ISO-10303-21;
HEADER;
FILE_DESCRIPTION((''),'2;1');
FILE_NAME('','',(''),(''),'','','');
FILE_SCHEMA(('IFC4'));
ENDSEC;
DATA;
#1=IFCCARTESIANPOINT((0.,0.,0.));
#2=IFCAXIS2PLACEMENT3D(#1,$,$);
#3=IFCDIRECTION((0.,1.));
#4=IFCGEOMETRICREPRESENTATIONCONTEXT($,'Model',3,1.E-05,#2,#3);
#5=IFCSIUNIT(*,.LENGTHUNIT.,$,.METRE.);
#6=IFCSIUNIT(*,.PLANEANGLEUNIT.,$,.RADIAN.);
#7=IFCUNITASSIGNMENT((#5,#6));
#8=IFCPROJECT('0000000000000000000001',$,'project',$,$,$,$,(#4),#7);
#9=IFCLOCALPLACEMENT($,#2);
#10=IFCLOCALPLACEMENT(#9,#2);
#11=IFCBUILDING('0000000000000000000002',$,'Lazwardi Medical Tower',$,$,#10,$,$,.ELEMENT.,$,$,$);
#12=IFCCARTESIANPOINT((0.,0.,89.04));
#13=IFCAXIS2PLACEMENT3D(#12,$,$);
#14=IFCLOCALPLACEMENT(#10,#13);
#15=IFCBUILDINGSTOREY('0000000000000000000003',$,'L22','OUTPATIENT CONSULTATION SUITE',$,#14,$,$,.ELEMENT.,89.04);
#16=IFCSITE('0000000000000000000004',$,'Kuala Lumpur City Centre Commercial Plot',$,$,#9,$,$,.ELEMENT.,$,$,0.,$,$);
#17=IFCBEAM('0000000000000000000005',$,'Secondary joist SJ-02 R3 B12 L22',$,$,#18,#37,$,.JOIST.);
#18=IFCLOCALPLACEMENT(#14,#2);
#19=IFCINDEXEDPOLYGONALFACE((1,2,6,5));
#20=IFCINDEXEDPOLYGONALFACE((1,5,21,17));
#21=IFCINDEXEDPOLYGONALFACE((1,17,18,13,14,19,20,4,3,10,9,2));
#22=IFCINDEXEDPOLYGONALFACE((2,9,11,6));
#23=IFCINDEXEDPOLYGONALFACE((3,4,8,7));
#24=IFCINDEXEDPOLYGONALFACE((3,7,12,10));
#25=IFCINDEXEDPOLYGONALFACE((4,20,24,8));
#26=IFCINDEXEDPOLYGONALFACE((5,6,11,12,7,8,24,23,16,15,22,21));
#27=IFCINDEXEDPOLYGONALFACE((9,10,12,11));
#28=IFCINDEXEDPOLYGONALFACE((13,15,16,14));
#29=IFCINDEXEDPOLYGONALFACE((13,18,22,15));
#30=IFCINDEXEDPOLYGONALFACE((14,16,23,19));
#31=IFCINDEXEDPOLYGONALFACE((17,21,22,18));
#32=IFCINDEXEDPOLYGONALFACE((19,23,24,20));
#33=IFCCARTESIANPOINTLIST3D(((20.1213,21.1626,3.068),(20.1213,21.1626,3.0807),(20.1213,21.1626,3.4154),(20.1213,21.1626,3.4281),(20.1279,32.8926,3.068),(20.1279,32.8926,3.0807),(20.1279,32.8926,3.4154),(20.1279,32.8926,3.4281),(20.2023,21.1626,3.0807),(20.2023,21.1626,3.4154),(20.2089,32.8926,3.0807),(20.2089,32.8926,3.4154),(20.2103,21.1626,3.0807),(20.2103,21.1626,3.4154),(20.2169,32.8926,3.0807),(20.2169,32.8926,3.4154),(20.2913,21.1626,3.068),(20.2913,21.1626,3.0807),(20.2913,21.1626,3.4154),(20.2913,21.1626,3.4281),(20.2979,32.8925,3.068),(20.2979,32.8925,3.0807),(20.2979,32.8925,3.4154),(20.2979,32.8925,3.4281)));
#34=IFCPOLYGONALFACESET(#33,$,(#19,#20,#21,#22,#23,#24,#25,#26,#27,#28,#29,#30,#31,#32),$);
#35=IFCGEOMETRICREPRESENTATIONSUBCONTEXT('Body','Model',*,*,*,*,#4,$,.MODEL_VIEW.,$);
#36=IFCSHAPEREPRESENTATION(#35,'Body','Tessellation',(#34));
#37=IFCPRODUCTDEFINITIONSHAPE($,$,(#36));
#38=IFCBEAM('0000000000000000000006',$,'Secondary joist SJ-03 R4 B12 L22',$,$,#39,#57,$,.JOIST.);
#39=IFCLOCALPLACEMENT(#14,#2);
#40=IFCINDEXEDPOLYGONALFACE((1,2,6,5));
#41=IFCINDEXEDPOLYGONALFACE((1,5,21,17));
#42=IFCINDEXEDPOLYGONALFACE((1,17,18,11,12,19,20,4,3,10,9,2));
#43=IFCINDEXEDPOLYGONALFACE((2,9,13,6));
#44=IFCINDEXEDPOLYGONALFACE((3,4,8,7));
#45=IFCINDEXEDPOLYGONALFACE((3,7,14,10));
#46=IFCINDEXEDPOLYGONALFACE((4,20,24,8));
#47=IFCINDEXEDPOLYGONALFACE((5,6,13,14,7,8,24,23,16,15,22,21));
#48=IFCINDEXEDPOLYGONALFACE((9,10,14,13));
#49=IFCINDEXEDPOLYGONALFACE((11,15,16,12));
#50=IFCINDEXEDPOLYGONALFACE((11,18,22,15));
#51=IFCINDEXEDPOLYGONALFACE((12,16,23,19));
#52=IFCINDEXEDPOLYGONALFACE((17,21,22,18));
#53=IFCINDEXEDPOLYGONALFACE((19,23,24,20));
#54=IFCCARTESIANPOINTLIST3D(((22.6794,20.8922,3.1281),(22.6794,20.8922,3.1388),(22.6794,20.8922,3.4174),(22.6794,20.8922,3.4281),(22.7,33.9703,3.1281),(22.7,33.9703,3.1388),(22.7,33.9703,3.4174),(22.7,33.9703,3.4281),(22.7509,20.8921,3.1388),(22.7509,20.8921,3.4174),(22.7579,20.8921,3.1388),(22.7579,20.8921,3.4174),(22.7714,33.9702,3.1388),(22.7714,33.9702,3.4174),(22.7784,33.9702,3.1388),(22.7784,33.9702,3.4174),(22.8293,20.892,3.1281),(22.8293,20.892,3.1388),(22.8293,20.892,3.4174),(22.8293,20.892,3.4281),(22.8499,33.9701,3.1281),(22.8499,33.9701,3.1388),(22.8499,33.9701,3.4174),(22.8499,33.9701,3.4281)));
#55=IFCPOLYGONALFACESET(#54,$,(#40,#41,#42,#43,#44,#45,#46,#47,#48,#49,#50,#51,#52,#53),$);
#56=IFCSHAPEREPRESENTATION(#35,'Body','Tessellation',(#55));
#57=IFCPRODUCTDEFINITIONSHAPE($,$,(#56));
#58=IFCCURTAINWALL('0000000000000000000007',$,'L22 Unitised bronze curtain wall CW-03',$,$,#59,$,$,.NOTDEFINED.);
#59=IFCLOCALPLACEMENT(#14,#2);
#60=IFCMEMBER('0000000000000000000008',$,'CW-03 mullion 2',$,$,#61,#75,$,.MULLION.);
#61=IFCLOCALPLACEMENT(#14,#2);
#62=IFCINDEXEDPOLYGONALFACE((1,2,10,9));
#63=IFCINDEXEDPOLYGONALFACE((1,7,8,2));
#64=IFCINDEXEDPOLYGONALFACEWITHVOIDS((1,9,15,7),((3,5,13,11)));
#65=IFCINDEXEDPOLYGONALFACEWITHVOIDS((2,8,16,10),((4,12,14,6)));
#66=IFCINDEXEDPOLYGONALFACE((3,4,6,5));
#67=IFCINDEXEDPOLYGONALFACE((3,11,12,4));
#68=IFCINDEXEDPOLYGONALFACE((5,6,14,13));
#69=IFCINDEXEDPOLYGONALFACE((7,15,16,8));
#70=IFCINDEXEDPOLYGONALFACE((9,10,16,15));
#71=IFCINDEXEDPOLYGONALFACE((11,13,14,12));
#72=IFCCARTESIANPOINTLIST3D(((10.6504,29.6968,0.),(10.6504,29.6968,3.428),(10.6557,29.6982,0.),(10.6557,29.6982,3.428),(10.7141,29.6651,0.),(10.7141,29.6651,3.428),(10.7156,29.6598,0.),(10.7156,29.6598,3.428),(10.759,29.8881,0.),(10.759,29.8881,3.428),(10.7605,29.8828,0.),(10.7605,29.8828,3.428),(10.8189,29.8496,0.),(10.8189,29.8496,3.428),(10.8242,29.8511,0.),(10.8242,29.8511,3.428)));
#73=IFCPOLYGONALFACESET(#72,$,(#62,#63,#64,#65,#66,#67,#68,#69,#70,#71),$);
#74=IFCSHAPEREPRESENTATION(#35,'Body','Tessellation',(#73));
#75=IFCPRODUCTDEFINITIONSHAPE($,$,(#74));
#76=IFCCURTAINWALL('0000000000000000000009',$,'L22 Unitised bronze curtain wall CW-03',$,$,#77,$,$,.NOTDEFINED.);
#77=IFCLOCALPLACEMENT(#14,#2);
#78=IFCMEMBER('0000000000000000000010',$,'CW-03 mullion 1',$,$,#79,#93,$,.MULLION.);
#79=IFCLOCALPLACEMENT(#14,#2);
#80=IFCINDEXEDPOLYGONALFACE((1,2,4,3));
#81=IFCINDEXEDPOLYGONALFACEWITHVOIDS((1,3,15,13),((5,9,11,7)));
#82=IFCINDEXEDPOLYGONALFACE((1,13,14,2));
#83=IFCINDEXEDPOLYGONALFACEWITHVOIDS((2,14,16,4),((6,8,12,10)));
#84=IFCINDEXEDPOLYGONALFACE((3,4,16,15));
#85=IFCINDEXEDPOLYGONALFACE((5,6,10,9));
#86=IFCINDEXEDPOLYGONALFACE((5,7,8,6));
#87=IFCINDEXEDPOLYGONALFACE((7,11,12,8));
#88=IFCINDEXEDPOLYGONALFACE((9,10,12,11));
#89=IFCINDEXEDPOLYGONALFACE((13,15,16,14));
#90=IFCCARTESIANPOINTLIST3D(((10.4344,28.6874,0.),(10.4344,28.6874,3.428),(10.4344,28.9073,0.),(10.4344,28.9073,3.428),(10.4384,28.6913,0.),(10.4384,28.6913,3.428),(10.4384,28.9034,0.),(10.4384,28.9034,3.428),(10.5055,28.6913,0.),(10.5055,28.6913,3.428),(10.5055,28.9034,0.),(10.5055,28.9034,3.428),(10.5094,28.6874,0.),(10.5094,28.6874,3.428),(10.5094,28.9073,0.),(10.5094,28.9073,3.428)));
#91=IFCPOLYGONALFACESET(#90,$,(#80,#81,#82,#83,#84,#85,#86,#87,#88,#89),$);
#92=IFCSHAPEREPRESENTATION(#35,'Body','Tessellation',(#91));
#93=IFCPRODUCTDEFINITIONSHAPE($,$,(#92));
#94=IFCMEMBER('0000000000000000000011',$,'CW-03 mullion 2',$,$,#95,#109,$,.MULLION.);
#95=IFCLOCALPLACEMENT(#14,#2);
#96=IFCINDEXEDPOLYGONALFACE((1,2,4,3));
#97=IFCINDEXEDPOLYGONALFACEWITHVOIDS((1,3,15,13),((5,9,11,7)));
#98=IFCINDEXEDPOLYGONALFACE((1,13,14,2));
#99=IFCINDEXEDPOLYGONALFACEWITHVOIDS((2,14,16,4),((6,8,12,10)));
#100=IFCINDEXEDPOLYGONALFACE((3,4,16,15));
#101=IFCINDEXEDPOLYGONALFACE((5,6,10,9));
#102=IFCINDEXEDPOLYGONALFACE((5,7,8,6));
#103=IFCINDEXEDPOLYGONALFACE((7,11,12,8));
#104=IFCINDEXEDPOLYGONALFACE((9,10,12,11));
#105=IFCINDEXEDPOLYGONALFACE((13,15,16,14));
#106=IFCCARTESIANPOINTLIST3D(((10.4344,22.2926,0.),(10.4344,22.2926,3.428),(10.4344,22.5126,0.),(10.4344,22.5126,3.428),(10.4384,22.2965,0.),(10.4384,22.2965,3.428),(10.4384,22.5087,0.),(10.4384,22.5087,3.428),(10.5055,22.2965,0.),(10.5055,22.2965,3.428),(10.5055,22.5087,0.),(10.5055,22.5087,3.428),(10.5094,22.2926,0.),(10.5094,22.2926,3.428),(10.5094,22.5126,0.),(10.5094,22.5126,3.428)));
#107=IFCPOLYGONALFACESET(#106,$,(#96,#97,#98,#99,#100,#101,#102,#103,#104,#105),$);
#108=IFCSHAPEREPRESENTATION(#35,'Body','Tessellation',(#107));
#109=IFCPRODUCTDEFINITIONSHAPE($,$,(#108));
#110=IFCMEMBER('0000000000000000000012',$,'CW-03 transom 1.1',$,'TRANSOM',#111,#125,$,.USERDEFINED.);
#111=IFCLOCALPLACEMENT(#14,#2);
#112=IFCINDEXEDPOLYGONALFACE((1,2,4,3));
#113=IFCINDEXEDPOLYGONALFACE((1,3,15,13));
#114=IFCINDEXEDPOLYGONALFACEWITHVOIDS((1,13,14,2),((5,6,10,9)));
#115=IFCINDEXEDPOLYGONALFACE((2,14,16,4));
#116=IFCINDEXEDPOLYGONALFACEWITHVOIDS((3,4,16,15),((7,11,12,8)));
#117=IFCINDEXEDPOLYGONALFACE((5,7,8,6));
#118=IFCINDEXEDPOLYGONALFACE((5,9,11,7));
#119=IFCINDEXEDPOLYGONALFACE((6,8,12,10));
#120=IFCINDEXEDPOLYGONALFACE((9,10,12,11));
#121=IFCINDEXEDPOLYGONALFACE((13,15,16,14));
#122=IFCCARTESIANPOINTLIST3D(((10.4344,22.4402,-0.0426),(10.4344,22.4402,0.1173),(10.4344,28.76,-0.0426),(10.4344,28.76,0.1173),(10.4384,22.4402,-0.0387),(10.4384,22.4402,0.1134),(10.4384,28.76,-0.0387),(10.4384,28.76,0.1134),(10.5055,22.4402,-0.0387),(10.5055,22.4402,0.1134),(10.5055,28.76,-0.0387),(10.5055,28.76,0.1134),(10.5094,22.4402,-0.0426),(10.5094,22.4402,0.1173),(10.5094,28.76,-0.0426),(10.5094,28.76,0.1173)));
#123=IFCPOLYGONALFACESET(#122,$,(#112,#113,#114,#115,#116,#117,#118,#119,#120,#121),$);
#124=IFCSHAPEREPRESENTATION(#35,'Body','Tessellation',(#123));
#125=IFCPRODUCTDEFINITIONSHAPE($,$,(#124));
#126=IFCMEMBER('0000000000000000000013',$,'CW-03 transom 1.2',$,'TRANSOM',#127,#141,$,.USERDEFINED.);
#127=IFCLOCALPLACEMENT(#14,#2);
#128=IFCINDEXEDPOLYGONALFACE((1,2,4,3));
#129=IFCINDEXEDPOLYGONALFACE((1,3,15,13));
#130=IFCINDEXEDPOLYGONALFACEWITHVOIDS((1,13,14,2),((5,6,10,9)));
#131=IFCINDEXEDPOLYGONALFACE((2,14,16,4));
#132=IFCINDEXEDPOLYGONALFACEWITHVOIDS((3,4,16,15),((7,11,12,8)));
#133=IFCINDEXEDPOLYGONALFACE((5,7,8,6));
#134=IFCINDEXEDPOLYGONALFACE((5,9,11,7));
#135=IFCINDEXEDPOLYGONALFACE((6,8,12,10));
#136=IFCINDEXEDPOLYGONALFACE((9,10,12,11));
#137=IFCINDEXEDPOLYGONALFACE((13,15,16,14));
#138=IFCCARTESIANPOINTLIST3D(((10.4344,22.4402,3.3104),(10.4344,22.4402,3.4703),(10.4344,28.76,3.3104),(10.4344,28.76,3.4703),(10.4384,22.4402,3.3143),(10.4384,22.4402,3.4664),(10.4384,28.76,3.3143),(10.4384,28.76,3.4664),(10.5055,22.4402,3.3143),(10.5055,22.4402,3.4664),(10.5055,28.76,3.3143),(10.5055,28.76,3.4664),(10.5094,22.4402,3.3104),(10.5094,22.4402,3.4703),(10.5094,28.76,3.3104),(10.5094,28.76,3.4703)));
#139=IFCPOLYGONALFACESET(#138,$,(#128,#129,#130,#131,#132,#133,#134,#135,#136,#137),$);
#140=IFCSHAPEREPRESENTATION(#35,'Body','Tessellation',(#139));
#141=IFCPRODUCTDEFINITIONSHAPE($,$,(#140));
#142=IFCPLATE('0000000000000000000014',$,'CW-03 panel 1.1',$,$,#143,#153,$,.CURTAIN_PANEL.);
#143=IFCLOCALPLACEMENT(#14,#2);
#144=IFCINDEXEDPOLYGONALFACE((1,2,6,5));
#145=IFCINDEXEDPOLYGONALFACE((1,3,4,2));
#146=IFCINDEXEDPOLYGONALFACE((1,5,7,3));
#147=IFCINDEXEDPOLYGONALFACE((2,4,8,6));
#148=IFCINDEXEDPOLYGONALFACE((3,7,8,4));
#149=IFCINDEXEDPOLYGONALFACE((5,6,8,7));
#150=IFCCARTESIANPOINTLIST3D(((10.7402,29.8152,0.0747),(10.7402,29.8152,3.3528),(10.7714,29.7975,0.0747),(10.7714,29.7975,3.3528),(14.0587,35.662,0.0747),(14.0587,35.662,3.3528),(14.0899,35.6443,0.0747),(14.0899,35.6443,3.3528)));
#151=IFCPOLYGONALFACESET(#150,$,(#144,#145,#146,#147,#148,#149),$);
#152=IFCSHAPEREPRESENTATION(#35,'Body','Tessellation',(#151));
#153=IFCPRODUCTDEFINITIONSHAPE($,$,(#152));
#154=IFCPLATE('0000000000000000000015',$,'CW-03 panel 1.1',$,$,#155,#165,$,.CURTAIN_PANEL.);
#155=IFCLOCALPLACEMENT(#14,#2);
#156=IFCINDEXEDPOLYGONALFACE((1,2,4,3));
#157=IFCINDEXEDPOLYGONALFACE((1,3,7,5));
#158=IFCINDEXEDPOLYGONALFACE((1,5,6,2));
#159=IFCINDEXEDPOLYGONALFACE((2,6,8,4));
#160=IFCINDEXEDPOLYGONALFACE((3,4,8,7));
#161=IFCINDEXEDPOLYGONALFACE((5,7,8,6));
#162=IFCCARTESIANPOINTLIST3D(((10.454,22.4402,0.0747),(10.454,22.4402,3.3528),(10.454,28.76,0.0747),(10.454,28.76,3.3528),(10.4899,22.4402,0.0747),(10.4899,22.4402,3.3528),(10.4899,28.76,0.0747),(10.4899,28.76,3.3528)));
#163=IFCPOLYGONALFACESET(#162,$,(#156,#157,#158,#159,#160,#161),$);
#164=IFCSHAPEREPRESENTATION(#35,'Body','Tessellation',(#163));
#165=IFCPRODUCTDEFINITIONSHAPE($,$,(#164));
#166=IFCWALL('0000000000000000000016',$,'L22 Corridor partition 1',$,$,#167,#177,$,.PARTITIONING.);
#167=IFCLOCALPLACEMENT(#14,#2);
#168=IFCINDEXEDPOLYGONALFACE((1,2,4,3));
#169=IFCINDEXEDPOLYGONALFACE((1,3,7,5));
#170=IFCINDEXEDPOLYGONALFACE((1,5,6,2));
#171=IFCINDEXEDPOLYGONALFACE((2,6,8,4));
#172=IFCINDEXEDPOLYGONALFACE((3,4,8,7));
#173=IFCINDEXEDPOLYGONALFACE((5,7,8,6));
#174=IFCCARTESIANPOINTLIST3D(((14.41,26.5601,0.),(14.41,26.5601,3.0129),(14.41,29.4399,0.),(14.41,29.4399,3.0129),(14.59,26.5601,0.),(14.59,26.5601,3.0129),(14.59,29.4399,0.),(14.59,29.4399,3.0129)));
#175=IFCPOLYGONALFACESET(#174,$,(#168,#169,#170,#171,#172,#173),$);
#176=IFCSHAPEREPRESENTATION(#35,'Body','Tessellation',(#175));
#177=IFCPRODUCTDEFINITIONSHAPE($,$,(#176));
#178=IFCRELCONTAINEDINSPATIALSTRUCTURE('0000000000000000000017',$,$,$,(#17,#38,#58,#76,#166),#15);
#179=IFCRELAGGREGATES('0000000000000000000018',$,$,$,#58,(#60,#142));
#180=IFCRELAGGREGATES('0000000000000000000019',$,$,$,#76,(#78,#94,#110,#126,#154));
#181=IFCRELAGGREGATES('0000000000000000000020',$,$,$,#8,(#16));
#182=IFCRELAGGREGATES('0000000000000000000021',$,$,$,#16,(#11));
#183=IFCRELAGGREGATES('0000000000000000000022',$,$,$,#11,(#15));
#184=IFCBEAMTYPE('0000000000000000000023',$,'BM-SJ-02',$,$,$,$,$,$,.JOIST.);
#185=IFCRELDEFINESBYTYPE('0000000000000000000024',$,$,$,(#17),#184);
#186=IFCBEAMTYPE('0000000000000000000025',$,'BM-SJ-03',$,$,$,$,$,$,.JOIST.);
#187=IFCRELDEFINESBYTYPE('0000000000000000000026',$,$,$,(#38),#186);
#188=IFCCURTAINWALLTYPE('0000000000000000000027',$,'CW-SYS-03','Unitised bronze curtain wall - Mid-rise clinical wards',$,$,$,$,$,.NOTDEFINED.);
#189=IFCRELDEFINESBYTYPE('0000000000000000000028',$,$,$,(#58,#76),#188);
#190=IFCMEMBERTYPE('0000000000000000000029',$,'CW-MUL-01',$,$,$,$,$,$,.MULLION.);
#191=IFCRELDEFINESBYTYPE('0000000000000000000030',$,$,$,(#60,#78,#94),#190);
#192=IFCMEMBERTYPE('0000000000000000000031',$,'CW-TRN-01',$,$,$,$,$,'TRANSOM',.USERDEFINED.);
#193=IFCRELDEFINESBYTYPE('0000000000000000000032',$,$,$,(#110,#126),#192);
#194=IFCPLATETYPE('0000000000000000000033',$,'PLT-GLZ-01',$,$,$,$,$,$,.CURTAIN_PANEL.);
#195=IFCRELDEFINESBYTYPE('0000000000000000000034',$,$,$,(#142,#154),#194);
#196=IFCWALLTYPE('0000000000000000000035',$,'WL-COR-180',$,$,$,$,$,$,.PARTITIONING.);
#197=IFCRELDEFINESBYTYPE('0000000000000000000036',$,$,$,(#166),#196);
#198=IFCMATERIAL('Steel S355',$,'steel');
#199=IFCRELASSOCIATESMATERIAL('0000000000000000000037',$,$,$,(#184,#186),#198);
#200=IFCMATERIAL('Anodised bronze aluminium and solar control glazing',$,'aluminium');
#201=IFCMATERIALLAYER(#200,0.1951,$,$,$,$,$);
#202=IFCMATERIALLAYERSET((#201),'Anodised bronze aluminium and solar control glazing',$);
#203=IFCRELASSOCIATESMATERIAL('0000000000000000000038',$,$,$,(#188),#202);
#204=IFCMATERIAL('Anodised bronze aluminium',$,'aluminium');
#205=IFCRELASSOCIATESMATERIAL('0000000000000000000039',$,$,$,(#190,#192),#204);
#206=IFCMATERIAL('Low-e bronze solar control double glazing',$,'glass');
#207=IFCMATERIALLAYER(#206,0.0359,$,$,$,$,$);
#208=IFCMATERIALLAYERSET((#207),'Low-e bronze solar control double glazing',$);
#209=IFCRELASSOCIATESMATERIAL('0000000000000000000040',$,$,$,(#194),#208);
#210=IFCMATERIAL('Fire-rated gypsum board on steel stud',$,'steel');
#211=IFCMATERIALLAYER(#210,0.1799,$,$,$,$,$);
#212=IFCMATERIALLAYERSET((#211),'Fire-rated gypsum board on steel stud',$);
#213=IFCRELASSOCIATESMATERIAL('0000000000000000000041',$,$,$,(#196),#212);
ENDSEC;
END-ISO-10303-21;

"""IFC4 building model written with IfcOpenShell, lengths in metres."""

from ifc_helpers import new_model, si_unit, direction, frame, frame_2d, origin, origin_2d, place, context, subcontext, project, spatial, rectangle, hollow_rectangle, i_section, extrude, material, layer, layer_set, material_profile, profile_set, type_object, element, aggregate, save


model = new_model("IFC4")

# Units and contexts
model_context = context("Model", 3, precision=1e-05, world=origin(), true_north=direction((0.0, 1.0)))
body_context = subcontext(model_context, "Body", "Model", "MODEL_VIEW")
ifc_project = project(units=[si_unit("LENGTHUNIT", "METRE"), si_unit("PLANEANGLEUNIT", "RADIAN")], contexts=[model_context])

# Site, building, storey
site_placement = place(None, origin())
site = spatial("IfcSite", under=ifc_project, at=site_placement, Name="Kuala Lumpur City Centre Commercial Plot", CompositionType="ELEMENT", RefElevation=0.0)
building_placement = place(site_placement, origin())
building = spatial("IfcBuilding", under=site, at=building_placement, Name="Lazwardi Medical Tower", CompositionType="ELEMENT")
storey_placement = place(building_placement, frame((0.0, 0.0, 89.04)))
storey = spatial("IfcBuildingStorey", under=building, at=storey_placement, Name="L22", Description="OUTPATIENT CONSULTATION SUITE", CompositionType="ELEMENT", Elevation=89.04)

# Beams
ifc_material_1 = material(Name="Steel S355", Category="steel")
ifc_material_profile_1 = material_profile(ifc_material_1, i_section(OverallWidth=0.1699, OverallDepth=0.3601, WebThickness=0.0081, FlangeThickness=0.0127, at=origin_2d()), Name="IPE 360")
ifc_profile_set_1 = profile_set([ifc_material_profile_1], Name="Steel S355")
beam_type_1 = type_object("IfcBeamType", Name="BM-SJ-02", PredefinedType="JOIST", material=ifc_profile_set_1)
beam_1_placement = place(storey_placement, frame((20.2129, 32.8926, 3.248), z_axis=(-0.000562, -1.0, 0.0), x_axis=(1.0, -0.000562, 0.0)))
element("IfcBeam", 1, at=beam_1_placement, inside=storey, type_object=beam_type_1, Name="Secondary joist SJ-02 R3 B12 L22", PredefinedType="JOIST", context=body_context, shape_type="SweptSolid", body=[
    extrude(i_section(OverallWidth=0.1699, OverallDepth=0.3601, WebThickness=0.0081, FlangeThickness=0.0127, at=origin_2d()), origin(), (0.0, 0.0, 1.0), 11.73),
])
ifc_material_profile_2 = material_profile(ifc_material_1, i_section(OverallWidth=0.1499, OverallDepth=0.3, WebThickness=0.0071, FlangeThickness=0.0107, at=origin_2d()), Name="IPE 300")
ifc_profile_set_2 = profile_set([ifc_material_profile_2], Name="Steel S355")
beam_type_2 = type_object("IfcBeamType", Name="BM-SJ-03", PredefinedType="JOIST", material=ifc_profile_set_2)
beam_2_placement = place(storey_placement, frame((22.7749, 33.9702, 3.2781), z_axis=(-0.001568, -0.999999, 0.0), x_axis=(0.999999, -0.001568, 0.0)))
element("IfcBeam", 2, at=beam_2_placement, inside=storey, type_object=beam_type_2, Name="Secondary joist SJ-03 R4 B12 L22", PredefinedType="JOIST", context=body_context, shape_type="SweptSolid", body=[
    extrude(i_section(OverallWidth=0.1499, OverallDepth=0.3, WebThickness=0.0071, FlangeThickness=0.0107, at=origin_2d()), origin(), (0.0, 0.0, 1.0), 13.0781),
])

# Curtain wall, member
ifc_material_2 = material(Name="Anodised bronze aluminium and solar control glazing", Category="aluminium")
ifc_layer_1 = layer(ifc_material_2, 0.1951)
ifc_layer_set_1 = layer_set([ifc_layer_1], Name="Anodised bronze aluminium and solar control glazing")
curtain_wall_type = type_object("IfcCurtainWallType", Name="CW-SYS-03", Description="Unitised bronze curtain wall - Mid-rise clinical wards", PredefinedType="NOTDEFINED", material=ifc_layer_set_1)
curtain_wall_1_placement = place(storey_placement, origin())
curtain_wall_1 = element("IfcCurtainWall", 3, at=curtain_wall_1_placement, inside=storey, type_object=curtain_wall_type, Name="L22 Unitised bronze curtain wall CW-03", PredefinedType="NOTDEFINED")
ifc_material_3 = material(Name="Anodised bronze aluminium", Category="aluminium")
ifc_material_profile_3 = material_profile(ifc_material_3, hollow_rectangle(XDim=0.075, YDim=0.22, WallThickness=0.0039, at=origin_2d()), Name="ALU-MULLION 220x75x4")
ifc_profile_set_3 = profile_set([ifc_material_profile_3], Name="Anodised bronze aluminium")
member_type_1 = type_object("IfcMemberType", Name="CW-MUL-01", PredefinedType="MULLION", material=ifc_profile_set_3)
member_1_placement = place(storey_placement, frame((10.7373, 29.7739, 0.0), z_axis=(0.0, 0.0, 1.0), x_axis=(0.869687, -0.493603, 0.0)))
member_1 = element("IfcMember", 4, at=member_1_placement, type_object=member_type_1, Name="CW-03 mullion 2", PredefinedType="MULLION", context=body_context, shape_type="SweptSolid", body=[
    extrude(hollow_rectangle(XDim=0.075, YDim=0.22, WallThickness=0.0039, at=origin_2d()), origin(), (0.0, 0.0, 1.0), 3.428),
])

# Curtain wall, members
curtain_wall_2_placement = place(storey_placement, origin())
curtain_wall_2 = element("IfcCurtainWall", 5, at=curtain_wall_2_placement, inside=storey, type_object=curtain_wall_type, Name="L22 Unitised bronze curtain wall CW-03", PredefinedType="NOTDEFINED")
member_2_placement = place(storey_placement, frame((10.4719, 28.7974, 0.0), z_axis=(0.0, 0.0, 1.0), x_axis=(1.0, 0.0, 0.0)))
member_2 = element("IfcMember", 6, at=member_2_placement, type_object=member_type_1, Name="CW-03 mullion 1", PredefinedType="MULLION", context=body_context, shape_type="SweptSolid", body=[
    extrude(hollow_rectangle(XDim=0.075, YDim=0.22, WallThickness=0.0039, at=origin_2d()), origin(), (0.0, 0.0, 1.0), 3.428),
])
member_3_placement = place(storey_placement, frame((10.4719, 22.4026, 0.0), z_axis=(0.0, 0.0, 1.0), x_axis=(1.0, 0.0, 0.0)))
member_3 = element("IfcMember", 7, at=member_3_placement, type_object=member_type_1, Name="CW-03 mullion 2", PredefinedType="MULLION", context=body_context, shape_type="SweptSolid", body=[
    extrude(hollow_rectangle(XDim=0.075, YDim=0.22, WallThickness=0.0039, at=origin_2d()), origin(), (0.0, 0.0, 1.0), 3.428),
])
ifc_material_profile_4 = material_profile(ifc_material_3, hollow_rectangle(XDim=0.075, YDim=0.1599, WallThickness=0.0039, at=origin_2d()), Name="ALU-TRANSOM 160x75x4")
ifc_profile_set_4 = profile_set([ifc_material_profile_4], Name="Anodised bronze aluminium")
member_type_2 = type_object("IfcMemberType", Name="CW-TRN-01", ElementType="TRANSOM", PredefinedType="USERDEFINED", material=ifc_profile_set_4)
member_4_placement = place(storey_placement, frame((10.4719, 28.76, 0.0374), z_axis=(0.0, -1.0, 0.0), x_axis=(1.0, 0.0, 0.0)))
member_4 = element("IfcMember", 8, at=member_4_placement, type_object=member_type_2, Name="CW-03 transom 1.1", ObjectType="TRANSOM", PredefinedType="USERDEFINED", context=body_context, shape_type="SweptSolid", body=[
    extrude(hollow_rectangle(XDim=0.075, YDim=0.1599, WallThickness=0.0039, at=origin_2d()), origin(), (0.0, 0.0, 1.0), 6.3198),
])
member_5_placement = place(storey_placement, frame((10.4719, 28.76, 3.3904), z_axis=(0.0, -1.0, 0.0), x_axis=(1.0, 0.0, 0.0)))
member_5 = element("IfcMember", 9, at=member_5_placement, type_object=member_type_2, Name="CW-03 transom 1.2", ObjectType="TRANSOM", PredefinedType="USERDEFINED", context=body_context, shape_type="SweptSolid", body=[
    extrude(hollow_rectangle(XDim=0.075, YDim=0.1599, WallThickness=0.0039, at=origin_2d()), origin(), (0.0, 0.0, 1.0), 6.3198),
])

# Plates
ifc_material_4 = material(Name="Low-e bronze solar control double glazing", Category="glass")
ifc_layer_2 = layer(ifc_material_4, 0.0359)
ifc_layer_set_2 = layer_set([ifc_layer_2], Name="Low-e bronze solar control double glazing")
plate_type = type_object("IfcPlateType", Name="PLT-GLZ-01", PredefinedType="CURTAIN_PANEL", material=ifc_layer_set_2)
plate_1_placement = place(storey_placement, frame((12.415, 32.7297, 0.0747), z_axis=(0.0, 0.0, 1.0), x_axis=(-0.493603, -0.869687, 0.0)))
plate_1 = element("IfcPlate", 10, at=plate_1_placement, type_object=plate_type, Name="CW-03 panel 1.1", PredefinedType="CURTAIN_PANEL", context=body_context, shape_type="SweptSolid", body=[
    extrude(rectangle(XDim=6.7229, YDim=0.0359, at=origin_2d()), origin(), (0.0, 0.0, 1.0), 3.2781),
])
aggregate(curtain_wall_1, [member_1, plate_1])
plate_2_placement = place(storey_placement, frame((10.4719, 25.6001, 0.0747), z_axis=(0.0, 0.0, 1.0), x_axis=(0.0, -1.0, 0.0)))
plate_2 = element("IfcPlate", 11, at=plate_2_placement, type_object=plate_type, Name="CW-03 panel 1.1", PredefinedType="CURTAIN_PANEL", context=body_context, shape_type="SweptSolid", body=[
    extrude(rectangle(XDim=6.3198, YDim=0.0359, at=origin_2d()), origin(), (0.0, 0.0, 1.0), 3.2781),
])
aggregate(curtain_wall_2, [member_2, member_3, member_4, member_5, plate_2])

# Wall
ifc_material_5 = material(Name="Fire-rated gypsum board on steel stud", Category="steel")
ifc_layer_3 = layer(ifc_material_5, 0.1799)
ifc_layer_set_3 = layer_set([ifc_layer_3], Name="Fire-rated gypsum board on steel stud")
wall_type_1 = type_object("IfcWallType", Name="WL-COR-180", PredefinedType="PARTITIONING", material=ifc_layer_set_3)
wall_1_placement = place(storey_placement, frame((14.5, 26.5601, 0.0), z_axis=(0.0, 0.0, 1.0), x_axis=(0.0, 1.0, 0.0)))
element("IfcWall", 12, at=wall_1_placement, inside=storey, type_object=wall_type_1, Name="L22 Corridor partition 1", PredefinedType="PARTITIONING", context=body_context, shape_type="SweptSolid", body=[
    extrude(rectangle(XDim=2.8799, YDim=0.1799, at=frame_2d((1.4399, 0.0))), origin(), (0.0, 0.0, 1.0), 3.0129),
])

save(model, "model.ifc")
